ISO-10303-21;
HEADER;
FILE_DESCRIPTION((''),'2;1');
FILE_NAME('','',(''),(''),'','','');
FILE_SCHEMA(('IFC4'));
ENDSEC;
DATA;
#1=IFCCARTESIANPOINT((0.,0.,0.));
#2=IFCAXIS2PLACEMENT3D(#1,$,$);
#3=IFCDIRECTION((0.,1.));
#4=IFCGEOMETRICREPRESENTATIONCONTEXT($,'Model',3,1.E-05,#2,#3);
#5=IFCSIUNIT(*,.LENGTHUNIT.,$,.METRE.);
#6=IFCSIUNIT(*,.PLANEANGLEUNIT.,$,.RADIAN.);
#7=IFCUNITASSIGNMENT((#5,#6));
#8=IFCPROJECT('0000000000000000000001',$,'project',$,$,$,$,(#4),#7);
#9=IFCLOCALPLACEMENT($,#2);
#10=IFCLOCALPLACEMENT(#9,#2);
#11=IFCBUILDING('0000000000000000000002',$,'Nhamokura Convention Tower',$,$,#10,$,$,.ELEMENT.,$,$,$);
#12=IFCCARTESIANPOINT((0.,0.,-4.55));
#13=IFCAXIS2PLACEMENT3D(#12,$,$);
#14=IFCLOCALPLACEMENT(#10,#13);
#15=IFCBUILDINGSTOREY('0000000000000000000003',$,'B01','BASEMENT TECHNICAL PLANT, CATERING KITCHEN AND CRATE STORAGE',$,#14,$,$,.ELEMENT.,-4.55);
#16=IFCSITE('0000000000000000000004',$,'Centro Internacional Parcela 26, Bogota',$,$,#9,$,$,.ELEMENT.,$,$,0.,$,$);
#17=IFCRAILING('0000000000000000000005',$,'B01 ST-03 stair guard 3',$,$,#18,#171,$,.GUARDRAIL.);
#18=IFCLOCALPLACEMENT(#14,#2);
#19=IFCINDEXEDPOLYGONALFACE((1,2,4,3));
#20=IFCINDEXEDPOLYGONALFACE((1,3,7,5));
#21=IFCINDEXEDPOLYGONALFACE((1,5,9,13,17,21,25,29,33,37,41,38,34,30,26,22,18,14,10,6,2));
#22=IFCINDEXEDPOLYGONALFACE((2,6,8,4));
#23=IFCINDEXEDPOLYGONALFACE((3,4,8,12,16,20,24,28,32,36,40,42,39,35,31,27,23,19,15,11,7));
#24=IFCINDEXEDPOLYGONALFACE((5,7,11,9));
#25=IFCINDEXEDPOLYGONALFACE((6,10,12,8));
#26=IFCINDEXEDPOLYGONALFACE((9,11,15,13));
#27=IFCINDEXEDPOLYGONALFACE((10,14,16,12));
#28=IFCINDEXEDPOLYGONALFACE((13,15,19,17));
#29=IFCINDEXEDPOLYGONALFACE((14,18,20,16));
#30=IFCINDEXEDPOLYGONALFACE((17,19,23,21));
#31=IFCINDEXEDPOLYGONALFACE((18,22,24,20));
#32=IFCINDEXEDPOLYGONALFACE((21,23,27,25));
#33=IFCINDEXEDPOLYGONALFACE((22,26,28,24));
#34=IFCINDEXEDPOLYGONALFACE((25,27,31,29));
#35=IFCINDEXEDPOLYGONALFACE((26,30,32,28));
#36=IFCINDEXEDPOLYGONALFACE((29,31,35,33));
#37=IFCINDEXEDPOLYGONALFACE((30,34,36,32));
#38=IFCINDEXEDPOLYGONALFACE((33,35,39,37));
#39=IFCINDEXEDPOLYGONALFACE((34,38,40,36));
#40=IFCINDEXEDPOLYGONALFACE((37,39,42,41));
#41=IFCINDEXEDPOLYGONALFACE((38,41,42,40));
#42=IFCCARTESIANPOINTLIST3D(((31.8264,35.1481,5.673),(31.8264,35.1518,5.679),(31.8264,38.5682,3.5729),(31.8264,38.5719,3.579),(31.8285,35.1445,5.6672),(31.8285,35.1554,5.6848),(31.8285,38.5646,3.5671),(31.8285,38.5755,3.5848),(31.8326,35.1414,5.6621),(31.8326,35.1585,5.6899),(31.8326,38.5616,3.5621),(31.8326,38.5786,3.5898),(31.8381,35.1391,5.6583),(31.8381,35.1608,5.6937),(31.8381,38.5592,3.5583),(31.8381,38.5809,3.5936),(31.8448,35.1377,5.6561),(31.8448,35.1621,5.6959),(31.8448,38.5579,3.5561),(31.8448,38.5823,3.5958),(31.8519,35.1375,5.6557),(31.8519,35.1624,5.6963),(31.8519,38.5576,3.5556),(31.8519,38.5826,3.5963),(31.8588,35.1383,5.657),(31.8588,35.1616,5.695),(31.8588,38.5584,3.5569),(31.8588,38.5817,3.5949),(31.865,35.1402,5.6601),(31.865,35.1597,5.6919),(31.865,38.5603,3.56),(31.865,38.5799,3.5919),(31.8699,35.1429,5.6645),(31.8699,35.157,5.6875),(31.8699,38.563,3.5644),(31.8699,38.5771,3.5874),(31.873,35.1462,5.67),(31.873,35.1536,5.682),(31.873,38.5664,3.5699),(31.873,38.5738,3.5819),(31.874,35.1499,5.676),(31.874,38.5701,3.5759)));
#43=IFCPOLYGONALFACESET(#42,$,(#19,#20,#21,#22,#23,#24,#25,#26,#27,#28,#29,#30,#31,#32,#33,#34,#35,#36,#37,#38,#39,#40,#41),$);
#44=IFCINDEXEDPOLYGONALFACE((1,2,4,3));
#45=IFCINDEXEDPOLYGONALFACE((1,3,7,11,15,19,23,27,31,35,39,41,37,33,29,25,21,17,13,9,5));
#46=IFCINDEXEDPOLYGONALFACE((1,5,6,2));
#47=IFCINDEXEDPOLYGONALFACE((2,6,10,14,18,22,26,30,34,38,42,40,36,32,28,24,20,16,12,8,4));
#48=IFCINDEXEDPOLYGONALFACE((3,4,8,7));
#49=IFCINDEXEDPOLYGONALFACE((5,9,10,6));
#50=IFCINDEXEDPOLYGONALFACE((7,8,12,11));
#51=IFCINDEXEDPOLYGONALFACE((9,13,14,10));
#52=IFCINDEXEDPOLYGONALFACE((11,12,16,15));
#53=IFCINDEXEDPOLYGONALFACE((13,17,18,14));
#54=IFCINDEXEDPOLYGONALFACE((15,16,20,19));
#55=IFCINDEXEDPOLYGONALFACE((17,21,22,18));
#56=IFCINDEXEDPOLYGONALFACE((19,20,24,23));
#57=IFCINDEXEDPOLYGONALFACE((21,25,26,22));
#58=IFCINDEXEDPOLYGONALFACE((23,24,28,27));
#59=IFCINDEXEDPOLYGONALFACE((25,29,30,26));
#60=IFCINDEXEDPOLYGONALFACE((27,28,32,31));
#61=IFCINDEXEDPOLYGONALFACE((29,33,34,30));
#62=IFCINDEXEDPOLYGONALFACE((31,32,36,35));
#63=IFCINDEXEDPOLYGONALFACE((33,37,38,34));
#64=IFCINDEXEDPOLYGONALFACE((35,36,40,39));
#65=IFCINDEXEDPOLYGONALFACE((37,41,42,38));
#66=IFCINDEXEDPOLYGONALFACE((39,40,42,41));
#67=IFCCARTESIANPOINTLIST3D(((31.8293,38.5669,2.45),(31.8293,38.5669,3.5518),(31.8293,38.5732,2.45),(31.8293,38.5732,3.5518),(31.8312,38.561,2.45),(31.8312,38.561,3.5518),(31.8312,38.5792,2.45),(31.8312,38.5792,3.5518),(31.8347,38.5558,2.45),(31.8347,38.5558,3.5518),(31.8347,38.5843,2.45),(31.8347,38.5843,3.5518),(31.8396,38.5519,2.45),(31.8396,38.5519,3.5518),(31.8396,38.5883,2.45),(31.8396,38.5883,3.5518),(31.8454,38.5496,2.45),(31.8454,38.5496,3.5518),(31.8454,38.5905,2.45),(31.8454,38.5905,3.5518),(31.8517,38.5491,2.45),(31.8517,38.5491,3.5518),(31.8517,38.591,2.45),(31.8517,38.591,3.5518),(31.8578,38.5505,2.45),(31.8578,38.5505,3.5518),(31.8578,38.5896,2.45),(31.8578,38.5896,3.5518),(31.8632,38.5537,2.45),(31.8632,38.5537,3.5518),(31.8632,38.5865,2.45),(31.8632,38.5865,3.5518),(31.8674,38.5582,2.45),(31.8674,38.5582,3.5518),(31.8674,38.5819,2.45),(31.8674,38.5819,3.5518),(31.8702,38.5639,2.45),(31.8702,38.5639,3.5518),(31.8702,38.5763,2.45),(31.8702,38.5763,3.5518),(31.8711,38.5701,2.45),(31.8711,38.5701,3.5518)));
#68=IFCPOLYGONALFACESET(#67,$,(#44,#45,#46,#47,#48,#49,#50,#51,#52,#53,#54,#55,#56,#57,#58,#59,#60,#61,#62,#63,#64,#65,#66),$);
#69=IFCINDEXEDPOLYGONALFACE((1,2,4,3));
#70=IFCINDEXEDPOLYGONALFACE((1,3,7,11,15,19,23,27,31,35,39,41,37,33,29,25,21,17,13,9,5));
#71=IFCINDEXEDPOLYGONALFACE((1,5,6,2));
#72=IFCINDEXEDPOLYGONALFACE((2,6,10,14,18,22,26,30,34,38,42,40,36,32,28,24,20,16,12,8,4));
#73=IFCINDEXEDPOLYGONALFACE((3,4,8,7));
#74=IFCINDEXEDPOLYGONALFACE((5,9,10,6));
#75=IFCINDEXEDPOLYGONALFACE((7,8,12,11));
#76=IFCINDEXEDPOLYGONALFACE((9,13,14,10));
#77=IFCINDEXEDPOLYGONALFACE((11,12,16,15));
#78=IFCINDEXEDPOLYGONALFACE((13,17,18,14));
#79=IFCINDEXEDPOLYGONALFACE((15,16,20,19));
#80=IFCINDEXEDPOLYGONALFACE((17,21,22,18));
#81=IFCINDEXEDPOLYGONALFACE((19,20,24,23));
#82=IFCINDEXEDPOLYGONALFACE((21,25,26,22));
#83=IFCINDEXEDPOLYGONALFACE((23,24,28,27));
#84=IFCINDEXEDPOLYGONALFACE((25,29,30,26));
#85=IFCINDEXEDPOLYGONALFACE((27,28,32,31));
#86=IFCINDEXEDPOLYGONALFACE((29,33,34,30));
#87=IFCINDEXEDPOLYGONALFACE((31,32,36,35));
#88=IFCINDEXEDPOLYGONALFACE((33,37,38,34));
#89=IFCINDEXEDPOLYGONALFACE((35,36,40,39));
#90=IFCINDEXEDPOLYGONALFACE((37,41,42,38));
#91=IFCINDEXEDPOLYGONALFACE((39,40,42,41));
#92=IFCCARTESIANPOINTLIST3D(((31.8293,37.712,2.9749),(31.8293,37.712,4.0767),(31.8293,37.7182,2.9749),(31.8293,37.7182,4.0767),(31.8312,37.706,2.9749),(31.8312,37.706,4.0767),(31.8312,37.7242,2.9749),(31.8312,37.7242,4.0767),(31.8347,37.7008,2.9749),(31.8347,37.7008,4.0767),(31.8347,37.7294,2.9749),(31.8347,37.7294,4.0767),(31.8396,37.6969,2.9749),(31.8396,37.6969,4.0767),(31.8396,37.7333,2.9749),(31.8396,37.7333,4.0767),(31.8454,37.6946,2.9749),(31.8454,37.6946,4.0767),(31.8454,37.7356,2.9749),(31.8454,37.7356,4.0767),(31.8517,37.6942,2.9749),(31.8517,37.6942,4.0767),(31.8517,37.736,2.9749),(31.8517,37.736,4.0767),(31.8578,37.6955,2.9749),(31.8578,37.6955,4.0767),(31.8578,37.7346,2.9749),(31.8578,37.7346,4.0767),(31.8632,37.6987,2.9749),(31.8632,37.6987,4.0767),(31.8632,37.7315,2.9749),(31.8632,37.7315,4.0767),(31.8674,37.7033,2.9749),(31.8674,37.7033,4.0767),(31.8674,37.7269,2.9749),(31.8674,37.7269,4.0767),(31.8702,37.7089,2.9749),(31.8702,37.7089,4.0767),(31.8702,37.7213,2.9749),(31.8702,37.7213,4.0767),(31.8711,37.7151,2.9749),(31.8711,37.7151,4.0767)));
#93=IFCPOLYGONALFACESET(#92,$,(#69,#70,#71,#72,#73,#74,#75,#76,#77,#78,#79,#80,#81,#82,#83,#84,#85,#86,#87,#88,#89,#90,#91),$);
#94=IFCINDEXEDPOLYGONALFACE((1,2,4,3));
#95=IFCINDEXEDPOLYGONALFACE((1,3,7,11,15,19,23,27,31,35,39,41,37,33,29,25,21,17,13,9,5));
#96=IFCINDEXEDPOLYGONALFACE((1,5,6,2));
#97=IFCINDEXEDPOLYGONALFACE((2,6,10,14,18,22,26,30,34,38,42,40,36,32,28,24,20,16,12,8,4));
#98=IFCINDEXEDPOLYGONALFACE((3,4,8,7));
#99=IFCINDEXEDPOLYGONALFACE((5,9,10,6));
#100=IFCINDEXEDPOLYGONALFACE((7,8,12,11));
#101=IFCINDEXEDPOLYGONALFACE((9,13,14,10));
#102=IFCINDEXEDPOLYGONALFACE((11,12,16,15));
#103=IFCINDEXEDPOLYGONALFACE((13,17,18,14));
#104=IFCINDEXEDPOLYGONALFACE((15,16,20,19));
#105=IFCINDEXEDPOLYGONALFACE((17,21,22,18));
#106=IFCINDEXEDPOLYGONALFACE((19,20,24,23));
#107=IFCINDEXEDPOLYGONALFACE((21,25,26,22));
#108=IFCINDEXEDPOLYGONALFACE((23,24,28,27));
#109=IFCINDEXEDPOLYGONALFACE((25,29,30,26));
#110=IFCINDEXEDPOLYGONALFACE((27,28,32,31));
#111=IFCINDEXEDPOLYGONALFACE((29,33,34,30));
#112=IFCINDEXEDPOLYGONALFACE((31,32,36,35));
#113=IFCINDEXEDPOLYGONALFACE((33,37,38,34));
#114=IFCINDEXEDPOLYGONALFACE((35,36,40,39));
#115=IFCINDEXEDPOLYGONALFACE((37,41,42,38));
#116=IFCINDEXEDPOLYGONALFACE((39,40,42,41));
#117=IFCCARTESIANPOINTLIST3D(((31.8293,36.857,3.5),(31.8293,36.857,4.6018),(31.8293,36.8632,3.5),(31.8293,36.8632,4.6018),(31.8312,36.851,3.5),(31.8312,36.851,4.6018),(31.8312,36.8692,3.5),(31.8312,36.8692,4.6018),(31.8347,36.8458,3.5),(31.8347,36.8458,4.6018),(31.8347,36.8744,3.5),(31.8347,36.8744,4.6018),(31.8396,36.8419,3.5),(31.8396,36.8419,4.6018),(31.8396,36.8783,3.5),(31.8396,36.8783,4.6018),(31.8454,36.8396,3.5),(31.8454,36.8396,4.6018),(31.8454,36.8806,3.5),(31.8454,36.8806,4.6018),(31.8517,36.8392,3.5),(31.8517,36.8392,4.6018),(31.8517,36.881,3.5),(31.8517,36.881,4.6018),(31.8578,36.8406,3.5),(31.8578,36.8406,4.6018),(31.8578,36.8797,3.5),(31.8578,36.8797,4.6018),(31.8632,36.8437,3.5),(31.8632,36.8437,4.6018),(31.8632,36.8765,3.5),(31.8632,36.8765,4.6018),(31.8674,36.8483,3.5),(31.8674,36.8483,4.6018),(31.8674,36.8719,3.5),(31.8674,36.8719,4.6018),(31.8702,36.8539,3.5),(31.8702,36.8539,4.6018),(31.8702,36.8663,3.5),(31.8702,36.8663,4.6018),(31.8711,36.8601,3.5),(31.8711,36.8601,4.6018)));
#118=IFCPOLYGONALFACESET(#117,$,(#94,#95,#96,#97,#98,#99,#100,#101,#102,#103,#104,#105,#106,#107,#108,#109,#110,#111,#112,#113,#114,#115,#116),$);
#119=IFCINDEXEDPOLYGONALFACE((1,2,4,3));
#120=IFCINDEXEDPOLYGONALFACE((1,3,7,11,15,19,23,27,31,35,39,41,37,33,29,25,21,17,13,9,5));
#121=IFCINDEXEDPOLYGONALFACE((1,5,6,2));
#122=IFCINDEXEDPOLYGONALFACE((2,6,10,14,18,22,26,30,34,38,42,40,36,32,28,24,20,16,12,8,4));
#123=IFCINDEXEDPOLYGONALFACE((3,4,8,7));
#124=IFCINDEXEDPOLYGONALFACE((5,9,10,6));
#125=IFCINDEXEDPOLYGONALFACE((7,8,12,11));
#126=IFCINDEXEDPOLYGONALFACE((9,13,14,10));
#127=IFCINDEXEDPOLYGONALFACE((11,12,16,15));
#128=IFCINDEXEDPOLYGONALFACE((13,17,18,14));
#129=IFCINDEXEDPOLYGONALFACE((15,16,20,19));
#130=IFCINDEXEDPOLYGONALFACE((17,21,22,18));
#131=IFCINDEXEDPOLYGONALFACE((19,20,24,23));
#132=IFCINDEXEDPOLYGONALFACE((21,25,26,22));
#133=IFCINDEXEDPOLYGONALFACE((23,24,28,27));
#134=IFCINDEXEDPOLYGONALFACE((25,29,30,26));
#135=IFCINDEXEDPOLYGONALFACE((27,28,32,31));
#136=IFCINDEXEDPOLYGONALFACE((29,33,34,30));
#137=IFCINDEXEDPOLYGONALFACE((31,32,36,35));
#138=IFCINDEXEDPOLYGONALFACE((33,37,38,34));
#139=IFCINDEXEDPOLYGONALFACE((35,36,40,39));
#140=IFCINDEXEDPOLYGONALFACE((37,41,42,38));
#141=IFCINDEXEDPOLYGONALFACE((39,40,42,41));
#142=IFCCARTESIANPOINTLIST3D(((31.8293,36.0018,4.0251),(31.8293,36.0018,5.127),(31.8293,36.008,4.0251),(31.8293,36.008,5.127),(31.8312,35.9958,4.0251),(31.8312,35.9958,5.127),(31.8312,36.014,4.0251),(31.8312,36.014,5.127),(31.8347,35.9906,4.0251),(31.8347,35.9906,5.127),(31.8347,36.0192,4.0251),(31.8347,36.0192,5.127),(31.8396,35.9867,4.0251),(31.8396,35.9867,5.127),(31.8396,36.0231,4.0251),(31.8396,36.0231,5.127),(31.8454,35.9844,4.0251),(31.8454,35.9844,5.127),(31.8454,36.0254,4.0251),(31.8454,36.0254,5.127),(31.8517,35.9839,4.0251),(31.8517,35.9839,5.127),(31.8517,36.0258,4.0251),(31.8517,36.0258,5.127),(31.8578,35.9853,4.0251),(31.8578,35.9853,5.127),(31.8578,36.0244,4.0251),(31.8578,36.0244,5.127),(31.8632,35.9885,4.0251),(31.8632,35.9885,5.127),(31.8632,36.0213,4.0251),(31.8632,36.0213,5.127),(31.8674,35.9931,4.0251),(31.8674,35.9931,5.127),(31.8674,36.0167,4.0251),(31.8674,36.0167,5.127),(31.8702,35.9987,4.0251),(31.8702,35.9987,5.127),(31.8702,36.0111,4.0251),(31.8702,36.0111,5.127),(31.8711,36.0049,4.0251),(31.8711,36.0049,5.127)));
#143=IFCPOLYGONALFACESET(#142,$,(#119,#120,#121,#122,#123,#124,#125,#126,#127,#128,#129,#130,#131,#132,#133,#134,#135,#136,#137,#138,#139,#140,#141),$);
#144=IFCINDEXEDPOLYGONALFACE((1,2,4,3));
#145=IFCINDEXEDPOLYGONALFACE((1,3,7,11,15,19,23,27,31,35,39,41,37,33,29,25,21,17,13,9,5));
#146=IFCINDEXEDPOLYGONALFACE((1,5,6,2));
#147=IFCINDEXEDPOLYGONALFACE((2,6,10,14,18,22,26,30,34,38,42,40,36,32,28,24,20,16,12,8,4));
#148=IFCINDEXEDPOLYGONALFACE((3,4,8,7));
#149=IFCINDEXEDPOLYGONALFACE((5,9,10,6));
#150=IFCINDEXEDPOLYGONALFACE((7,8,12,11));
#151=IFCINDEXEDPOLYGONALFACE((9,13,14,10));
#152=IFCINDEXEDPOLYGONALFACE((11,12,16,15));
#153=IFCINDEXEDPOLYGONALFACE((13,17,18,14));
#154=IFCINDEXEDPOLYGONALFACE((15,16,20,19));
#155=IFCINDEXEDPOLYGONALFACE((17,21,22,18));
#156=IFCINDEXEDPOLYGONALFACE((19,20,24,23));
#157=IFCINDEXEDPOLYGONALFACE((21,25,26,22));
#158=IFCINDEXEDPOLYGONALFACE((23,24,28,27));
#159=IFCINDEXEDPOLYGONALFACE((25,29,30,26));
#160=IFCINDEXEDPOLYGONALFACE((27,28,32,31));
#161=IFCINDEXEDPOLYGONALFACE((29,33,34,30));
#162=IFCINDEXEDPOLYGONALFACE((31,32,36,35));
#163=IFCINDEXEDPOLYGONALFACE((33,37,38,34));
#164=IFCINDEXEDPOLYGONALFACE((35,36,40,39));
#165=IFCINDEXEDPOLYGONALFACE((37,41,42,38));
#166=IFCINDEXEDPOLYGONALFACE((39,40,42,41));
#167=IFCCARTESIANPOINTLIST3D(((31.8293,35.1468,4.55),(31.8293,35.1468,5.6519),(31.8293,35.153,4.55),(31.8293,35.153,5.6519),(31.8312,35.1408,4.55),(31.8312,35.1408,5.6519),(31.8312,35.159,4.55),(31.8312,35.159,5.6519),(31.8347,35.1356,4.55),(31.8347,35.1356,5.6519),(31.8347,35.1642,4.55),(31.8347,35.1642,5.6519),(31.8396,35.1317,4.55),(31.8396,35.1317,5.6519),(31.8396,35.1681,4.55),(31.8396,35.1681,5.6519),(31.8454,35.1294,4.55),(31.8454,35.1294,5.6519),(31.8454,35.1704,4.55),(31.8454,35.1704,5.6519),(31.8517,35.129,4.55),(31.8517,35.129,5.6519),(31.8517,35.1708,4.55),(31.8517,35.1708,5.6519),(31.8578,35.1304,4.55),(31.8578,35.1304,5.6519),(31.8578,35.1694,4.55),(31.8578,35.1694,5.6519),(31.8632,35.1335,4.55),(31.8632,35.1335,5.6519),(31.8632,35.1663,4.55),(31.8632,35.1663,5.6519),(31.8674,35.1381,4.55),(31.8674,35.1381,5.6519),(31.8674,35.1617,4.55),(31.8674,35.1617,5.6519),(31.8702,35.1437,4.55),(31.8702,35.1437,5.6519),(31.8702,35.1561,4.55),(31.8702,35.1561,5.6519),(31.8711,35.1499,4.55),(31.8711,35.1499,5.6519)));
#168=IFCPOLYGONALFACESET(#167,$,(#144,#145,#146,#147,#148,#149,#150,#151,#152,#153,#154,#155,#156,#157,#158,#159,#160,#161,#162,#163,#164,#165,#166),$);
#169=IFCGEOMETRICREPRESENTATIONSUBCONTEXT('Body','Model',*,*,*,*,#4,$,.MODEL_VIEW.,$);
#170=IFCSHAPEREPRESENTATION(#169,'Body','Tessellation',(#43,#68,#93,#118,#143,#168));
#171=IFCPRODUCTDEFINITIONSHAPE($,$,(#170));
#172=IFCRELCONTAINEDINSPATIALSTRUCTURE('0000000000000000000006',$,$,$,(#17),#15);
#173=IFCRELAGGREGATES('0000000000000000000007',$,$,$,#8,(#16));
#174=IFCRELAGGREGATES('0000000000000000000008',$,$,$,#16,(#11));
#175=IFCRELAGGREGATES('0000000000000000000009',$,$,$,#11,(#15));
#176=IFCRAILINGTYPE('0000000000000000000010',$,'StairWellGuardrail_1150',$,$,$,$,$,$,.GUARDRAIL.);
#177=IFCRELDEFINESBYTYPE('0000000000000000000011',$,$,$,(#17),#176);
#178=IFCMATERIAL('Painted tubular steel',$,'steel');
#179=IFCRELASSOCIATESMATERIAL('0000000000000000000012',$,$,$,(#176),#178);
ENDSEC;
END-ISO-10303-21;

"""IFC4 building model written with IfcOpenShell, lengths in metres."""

from ifc_helpers import new_model, si_unit, direction, frame, origin, origin_2d, place, context, subcontext, project, spatial, circle, extrude, material, type_object, element, save


model = new_model("IFC4")

# Units and contexts
model_context = context("Model", 3, precision=1e-05, world=origin(), true_north=direction((0.0, 1.0)))
body_context = subcontext(model_context, "Body", "Model", "MODEL_VIEW")
ifc_project = project(units=[si_unit("LENGTHUNIT", "METRE"), si_unit("PLANEANGLEUNIT", "RADIAN")], contexts=[model_context])

# Site, building, storey
site_placement = place(None, origin())
site = spatial("IfcSite", under=ifc_project, at=site_placement, Name="Centro Internacional Parcela 26, Bogota", CompositionType="ELEMENT", RefElevation=0.0)
building_placement = place(site_placement, origin())
building = spatial("IfcBuilding", under=site, at=building_placement, Name="Nhamokura Convention Tower", CompositionType="ELEMENT")
storey_placement = place(building_placement, frame((0.0, 0.0, -4.55)))
storey = spatial("IfcBuildingStorey", under=building, at=storey_placement, Name="B01", Description="BASEMENT TECHNICAL PLANT, CATERING KITCHEN AND CRATE STORAGE", CompositionType="ELEMENT", Elevation=-4.55)

# Railing
ifc_material_1 = material(Name="Painted tubular steel", Category="steel")
railing_type_1 = type_object("IfcRailingType", Name="StairWellGuardrail_1150", PredefinedType="GUARDRAIL", material=ifc_material_1)
railing_1_placement = place(storey_placement, frame((31.8501, 38.5701, 2.45)))
element("IfcRailing", 1, at=railing_1_placement, inside=storey, type_object=railing_type_1, Name="B01 ST-03 stair guard 3", PredefinedType="GUARDRAIL", context=body_context, shape_type="SweptSolid", body=[
    extrude(circle(Radius=0.0239, at=origin_2d()), frame((0.0, 0.0, 1.126), z_axis=(0.0, -0.852172, 0.523262), x_axis=(1.0, 0.0, 0.0)), (0.0, 0.0, 1.0), 4.0134),
    extrude(circle(Radius=0.021, at=origin_2d()), origin(), (0.0, 0.0, 1.0), 1.1018),
    extrude(circle(Radius=0.021, at=origin_2d()), frame((0.0, -0.855, 0.5249)), (0.0, 0.0, 1.0), 1.1018),
    extrude(circle(Radius=0.021, at=origin_2d()), frame((0.0, -1.71, 1.05)), (0.0, 0.0, 1.0), 1.1018),
    extrude(circle(Radius=0.021, at=origin_2d()), frame((0.0, -2.5652, 1.5752)), (0.0, 0.0, 1.0), 1.1018),
    extrude(circle(Radius=0.021, at=origin_2d()), frame((0.0, -3.4202, 2.1001)), (0.0, 0.0, 1.0), 1.1018),
])

save(model, "model.ifc")
